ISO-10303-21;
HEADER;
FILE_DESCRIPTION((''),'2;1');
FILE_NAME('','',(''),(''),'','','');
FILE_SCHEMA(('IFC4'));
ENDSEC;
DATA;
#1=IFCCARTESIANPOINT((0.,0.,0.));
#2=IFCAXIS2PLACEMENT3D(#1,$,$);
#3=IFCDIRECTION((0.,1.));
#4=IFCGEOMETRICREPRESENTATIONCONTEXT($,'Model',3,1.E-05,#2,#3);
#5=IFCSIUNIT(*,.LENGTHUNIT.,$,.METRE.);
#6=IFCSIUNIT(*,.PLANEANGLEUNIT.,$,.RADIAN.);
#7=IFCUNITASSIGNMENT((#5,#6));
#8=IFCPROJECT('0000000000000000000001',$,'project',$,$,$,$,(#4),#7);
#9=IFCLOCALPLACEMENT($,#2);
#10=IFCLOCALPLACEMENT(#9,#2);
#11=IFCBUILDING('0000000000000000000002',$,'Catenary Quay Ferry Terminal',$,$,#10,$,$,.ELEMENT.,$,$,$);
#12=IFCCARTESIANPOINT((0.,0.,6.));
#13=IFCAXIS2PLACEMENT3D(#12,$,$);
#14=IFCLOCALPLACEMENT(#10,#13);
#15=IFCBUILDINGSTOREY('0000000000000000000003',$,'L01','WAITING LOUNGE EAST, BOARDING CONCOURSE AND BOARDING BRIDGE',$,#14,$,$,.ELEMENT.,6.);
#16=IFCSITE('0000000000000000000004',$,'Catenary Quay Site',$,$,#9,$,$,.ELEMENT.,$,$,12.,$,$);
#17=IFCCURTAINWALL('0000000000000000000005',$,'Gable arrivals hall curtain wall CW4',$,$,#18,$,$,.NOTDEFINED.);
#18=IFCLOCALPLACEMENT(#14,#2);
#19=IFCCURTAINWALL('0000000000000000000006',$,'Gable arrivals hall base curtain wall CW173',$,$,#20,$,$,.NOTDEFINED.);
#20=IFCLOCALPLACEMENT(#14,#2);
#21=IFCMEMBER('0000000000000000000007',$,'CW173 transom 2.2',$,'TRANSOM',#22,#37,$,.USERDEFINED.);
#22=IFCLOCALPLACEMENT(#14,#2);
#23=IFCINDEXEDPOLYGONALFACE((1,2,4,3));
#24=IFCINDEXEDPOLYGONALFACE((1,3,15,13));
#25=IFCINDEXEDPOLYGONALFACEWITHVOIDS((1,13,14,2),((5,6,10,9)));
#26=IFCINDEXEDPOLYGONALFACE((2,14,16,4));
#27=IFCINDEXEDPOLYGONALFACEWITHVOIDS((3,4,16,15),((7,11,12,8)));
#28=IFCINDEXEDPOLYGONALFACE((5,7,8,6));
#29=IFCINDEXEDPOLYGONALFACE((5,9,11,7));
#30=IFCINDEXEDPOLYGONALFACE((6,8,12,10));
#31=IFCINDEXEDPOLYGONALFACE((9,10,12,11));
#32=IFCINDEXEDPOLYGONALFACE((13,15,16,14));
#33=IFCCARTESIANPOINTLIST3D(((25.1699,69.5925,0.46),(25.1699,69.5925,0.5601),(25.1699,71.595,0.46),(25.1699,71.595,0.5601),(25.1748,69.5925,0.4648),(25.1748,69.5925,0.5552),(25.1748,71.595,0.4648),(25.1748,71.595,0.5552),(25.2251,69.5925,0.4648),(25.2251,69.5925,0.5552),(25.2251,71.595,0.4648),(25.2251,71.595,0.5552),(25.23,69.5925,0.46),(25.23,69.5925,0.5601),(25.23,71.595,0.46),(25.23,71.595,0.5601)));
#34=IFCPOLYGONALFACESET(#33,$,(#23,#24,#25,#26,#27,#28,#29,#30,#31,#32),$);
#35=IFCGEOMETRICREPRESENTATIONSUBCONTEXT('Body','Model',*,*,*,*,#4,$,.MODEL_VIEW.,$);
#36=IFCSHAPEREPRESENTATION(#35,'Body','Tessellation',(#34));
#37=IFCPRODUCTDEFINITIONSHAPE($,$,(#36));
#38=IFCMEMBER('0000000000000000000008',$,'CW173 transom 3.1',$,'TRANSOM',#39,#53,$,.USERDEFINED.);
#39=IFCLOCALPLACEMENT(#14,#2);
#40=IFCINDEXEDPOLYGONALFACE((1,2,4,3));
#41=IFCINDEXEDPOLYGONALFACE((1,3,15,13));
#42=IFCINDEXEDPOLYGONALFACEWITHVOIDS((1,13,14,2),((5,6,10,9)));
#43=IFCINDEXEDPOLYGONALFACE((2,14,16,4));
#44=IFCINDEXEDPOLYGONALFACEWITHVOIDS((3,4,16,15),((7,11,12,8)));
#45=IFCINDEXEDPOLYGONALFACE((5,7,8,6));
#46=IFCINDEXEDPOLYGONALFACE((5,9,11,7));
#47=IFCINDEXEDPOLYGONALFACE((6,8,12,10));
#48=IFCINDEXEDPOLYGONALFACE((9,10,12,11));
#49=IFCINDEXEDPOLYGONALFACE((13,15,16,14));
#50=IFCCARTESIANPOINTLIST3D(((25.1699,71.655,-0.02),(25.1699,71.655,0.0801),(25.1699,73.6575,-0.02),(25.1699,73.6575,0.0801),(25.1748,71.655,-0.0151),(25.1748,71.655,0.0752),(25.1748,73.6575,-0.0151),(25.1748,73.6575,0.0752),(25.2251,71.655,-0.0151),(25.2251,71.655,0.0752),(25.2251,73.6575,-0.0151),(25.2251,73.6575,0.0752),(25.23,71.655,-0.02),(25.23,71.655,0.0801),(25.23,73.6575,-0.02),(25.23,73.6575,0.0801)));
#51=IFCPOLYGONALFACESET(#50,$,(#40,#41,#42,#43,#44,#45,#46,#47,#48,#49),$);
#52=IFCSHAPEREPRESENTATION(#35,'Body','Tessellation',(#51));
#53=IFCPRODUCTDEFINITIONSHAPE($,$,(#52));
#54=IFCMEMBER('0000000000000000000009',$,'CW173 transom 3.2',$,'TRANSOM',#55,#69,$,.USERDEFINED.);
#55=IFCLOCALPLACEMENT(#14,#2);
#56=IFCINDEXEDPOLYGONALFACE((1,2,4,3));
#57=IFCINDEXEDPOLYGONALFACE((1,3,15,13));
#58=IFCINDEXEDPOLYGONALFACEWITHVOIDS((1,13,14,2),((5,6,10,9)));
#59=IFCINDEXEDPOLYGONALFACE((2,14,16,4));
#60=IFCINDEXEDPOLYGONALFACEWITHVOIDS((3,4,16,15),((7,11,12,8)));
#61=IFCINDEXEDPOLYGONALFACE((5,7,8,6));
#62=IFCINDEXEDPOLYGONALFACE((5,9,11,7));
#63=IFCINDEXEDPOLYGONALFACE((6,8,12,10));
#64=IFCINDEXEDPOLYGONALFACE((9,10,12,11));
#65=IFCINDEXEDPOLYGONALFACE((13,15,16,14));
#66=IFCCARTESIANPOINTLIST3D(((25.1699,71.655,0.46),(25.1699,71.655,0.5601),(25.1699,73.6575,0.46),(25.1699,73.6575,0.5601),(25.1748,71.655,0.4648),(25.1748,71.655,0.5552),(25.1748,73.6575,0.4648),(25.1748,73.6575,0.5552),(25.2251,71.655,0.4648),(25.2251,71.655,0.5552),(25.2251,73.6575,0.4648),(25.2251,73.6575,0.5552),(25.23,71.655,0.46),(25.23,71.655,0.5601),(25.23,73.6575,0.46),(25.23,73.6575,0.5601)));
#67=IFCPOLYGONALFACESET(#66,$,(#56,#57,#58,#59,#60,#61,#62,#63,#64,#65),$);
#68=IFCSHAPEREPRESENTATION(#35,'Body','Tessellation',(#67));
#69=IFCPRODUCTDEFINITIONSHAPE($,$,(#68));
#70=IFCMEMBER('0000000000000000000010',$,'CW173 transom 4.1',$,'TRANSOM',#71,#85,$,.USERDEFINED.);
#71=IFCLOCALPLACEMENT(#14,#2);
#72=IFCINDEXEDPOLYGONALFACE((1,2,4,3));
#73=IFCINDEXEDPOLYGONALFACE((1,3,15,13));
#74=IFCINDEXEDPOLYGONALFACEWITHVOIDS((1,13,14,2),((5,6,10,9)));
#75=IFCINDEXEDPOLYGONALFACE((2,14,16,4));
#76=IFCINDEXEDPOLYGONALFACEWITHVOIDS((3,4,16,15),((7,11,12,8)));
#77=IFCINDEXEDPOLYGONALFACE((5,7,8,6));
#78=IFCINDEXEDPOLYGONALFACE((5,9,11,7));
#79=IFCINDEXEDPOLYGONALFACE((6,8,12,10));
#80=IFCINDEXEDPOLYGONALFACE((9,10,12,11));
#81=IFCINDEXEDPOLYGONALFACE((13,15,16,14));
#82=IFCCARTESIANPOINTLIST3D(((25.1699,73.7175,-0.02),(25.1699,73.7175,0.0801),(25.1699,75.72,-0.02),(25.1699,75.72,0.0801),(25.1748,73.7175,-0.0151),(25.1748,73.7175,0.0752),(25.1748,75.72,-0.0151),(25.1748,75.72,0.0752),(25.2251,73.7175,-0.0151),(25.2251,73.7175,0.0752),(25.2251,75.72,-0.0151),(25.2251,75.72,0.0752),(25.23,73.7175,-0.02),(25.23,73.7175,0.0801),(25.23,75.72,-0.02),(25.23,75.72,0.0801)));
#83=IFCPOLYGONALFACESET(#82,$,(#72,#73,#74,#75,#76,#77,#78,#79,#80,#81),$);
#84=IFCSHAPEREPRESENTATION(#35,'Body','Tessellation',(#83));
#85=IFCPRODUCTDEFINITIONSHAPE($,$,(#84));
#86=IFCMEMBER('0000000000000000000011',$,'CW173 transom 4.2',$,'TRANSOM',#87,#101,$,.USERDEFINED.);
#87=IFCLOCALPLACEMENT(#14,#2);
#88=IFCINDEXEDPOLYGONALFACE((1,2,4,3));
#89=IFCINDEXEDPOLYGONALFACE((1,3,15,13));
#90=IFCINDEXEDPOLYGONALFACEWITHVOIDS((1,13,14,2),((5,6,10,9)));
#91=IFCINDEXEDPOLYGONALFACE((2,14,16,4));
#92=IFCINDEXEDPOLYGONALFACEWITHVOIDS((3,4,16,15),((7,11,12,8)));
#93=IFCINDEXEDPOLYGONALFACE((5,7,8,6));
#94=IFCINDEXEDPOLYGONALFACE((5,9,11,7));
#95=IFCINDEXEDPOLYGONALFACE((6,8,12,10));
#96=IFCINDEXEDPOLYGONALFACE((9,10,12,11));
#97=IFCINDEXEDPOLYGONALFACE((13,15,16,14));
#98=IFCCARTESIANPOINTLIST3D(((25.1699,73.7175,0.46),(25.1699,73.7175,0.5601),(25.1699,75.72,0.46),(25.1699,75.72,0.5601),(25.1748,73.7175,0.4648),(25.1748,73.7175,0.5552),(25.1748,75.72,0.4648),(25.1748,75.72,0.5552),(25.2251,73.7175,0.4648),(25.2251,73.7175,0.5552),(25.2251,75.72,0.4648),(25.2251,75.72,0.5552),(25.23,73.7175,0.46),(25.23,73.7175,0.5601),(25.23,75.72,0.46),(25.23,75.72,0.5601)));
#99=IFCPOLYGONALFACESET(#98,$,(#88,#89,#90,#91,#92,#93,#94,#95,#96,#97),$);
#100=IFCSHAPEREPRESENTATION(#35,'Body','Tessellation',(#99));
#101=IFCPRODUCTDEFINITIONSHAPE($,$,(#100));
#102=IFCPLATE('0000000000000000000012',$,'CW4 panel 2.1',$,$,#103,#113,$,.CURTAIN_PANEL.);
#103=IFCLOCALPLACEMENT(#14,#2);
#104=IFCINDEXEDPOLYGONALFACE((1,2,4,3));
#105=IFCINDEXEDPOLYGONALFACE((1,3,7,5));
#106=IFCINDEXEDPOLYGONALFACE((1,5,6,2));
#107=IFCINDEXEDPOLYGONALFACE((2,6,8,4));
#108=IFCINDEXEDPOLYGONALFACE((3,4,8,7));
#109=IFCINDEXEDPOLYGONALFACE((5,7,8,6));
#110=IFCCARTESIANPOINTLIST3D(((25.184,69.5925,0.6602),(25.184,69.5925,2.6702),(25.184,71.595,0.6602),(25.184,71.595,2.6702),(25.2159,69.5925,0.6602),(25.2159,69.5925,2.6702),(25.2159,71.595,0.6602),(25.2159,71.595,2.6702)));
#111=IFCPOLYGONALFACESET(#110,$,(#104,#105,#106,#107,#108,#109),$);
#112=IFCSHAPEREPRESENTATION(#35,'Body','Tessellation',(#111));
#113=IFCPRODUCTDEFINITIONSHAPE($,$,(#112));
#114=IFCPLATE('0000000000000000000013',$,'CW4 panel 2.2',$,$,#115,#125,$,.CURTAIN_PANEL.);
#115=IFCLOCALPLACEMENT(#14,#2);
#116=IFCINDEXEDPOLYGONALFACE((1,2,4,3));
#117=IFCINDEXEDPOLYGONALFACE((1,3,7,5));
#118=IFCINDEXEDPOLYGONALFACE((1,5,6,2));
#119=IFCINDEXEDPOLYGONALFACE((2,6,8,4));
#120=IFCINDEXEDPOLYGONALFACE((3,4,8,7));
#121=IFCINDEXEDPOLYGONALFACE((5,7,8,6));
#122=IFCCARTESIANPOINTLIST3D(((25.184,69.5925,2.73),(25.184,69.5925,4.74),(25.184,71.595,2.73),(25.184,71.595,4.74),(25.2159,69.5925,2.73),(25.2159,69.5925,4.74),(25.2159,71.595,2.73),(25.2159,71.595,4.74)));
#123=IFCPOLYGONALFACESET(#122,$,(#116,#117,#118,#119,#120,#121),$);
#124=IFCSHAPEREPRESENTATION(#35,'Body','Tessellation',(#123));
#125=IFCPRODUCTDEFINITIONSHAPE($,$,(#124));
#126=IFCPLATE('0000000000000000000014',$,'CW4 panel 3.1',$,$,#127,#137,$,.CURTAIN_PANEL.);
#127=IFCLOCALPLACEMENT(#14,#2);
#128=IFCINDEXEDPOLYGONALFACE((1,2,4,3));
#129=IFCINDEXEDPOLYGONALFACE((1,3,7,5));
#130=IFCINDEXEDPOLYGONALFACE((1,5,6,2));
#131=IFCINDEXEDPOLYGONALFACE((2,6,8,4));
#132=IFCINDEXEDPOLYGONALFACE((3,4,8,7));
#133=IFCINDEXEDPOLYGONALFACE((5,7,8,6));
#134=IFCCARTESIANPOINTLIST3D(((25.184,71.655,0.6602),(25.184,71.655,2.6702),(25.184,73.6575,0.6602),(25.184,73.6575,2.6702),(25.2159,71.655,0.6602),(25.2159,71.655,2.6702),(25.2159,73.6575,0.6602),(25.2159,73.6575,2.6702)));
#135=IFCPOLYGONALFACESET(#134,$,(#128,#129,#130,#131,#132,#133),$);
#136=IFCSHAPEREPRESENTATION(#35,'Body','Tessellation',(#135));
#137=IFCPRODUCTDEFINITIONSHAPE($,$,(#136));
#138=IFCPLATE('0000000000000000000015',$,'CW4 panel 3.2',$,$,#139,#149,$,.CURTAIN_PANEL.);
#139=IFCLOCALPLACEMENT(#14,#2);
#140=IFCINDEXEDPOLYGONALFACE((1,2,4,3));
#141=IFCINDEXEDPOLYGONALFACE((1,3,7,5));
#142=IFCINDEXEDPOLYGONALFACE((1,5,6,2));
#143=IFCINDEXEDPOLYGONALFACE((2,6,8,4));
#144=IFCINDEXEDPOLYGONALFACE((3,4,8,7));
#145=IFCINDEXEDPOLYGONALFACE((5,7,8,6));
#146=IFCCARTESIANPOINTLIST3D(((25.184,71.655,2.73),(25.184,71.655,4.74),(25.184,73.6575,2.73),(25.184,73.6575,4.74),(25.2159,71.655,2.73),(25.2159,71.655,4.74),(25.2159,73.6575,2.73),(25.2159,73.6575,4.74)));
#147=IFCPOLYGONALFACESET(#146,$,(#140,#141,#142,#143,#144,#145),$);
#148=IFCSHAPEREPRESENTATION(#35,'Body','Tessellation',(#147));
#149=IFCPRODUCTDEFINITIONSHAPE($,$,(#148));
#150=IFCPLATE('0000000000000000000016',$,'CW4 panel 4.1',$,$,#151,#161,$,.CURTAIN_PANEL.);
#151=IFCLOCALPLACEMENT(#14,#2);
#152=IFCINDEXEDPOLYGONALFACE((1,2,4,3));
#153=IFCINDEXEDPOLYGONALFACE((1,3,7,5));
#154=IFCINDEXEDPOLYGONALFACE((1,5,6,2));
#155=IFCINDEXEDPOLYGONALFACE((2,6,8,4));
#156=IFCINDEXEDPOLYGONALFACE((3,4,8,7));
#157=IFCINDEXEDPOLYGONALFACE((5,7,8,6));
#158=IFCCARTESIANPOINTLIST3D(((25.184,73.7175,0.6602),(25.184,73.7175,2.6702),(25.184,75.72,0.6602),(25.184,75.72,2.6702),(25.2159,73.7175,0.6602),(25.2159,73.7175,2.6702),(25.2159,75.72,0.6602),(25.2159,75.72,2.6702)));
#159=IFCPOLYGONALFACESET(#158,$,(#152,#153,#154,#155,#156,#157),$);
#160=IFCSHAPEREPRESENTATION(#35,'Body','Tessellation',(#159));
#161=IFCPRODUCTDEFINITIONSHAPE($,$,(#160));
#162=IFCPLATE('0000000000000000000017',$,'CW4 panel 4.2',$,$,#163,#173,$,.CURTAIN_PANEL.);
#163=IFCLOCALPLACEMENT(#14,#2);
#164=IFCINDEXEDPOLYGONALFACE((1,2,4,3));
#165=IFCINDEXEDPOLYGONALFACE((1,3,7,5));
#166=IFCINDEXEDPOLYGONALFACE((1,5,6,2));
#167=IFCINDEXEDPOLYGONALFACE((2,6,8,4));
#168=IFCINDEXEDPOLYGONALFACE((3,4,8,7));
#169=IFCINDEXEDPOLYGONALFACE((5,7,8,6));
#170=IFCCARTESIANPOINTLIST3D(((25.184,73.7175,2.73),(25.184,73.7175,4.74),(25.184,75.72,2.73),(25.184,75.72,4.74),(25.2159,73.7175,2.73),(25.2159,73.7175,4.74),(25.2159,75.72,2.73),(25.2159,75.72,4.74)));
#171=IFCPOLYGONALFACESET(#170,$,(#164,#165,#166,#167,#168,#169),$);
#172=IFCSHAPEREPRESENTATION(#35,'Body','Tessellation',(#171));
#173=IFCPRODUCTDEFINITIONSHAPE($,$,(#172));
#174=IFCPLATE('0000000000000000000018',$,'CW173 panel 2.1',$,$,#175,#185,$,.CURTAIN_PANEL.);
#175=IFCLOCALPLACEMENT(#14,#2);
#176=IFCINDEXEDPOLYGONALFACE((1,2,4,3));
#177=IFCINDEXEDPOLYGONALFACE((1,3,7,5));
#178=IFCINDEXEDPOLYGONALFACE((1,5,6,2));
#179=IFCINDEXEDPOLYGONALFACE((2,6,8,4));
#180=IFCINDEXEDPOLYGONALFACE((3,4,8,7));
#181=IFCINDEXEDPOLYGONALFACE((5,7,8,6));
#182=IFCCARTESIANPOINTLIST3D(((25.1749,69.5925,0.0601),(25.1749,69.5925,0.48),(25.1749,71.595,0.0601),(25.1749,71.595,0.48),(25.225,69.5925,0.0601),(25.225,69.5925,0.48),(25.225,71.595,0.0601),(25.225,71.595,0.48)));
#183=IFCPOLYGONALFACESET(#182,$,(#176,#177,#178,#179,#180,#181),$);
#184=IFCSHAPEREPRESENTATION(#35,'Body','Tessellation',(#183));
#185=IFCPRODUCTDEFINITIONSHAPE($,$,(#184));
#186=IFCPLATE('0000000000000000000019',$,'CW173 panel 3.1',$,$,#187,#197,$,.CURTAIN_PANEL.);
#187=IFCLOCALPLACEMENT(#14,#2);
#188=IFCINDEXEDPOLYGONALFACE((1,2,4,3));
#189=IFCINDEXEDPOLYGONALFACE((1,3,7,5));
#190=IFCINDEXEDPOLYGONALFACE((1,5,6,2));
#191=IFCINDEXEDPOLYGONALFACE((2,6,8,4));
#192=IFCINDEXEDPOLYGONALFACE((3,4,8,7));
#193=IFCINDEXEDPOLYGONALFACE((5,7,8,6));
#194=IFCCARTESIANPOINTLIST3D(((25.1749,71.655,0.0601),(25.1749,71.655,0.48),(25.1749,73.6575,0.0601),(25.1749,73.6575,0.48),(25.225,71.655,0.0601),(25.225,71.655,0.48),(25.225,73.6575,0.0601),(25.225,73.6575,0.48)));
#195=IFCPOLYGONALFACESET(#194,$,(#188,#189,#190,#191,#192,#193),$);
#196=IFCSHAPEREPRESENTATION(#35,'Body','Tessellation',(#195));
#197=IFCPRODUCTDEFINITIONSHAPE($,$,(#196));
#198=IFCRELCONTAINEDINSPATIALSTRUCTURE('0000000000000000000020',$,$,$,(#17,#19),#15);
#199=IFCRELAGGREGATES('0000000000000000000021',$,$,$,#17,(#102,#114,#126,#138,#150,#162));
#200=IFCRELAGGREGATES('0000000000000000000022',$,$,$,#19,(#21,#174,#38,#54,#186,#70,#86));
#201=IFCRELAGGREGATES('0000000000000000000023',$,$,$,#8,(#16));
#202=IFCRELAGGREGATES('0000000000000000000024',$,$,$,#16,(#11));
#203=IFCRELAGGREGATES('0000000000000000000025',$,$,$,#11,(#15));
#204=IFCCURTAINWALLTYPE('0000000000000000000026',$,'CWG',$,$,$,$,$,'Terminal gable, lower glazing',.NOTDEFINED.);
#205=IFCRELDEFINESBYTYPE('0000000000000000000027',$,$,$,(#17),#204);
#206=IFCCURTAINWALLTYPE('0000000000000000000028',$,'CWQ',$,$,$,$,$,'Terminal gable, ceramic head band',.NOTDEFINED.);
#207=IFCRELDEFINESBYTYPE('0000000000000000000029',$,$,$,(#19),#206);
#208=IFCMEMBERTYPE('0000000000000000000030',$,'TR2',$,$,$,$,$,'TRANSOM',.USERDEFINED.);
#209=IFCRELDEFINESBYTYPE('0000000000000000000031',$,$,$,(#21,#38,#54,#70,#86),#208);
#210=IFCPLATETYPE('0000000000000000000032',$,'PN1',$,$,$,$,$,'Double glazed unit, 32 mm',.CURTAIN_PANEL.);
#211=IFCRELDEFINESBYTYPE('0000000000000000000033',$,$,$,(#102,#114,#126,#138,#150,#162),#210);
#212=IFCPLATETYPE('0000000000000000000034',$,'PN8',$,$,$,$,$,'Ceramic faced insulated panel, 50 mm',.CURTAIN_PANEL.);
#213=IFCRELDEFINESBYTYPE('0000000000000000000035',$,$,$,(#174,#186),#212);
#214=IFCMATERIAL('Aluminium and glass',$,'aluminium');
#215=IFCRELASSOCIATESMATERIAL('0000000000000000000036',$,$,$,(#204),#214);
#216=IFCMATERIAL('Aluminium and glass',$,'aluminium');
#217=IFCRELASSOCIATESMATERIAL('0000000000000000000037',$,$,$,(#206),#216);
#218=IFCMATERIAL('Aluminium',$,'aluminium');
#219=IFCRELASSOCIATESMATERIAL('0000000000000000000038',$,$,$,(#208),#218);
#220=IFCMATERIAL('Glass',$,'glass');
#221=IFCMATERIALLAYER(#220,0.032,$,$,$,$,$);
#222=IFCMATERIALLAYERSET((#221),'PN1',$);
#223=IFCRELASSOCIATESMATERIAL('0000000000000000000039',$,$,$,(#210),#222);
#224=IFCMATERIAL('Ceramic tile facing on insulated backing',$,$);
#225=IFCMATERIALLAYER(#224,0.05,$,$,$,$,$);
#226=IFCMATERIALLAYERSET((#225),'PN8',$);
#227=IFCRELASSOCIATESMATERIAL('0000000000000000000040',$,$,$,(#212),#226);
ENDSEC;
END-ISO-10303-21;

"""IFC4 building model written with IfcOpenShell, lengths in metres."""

from ifc_helpers import new_model, si_unit, direction, frame, origin, origin_2d, place, context, subcontext, project, spatial, rectangle, hollow_rectangle, extrude, material, layer, layer_set, material_profile, profile_set, type_object, element, aggregate, save


model = new_model("IFC4")

# Units and contexts
model_context = context("Model", 3, precision=1e-05, world=origin(), true_north=direction((0.0, 1.0)))
body_context = subcontext(model_context, "Body", "Model", "MODEL_VIEW")
ifc_project = project(units=[si_unit("LENGTHUNIT", "METRE"), si_unit("PLANEANGLEUNIT", "RADIAN")], contexts=[model_context])

# Site, building, storey
site_placement = place(None, origin())
site = spatial("IfcSite", under=ifc_project, at=site_placement, Name="Catenary Quay Site", CompositionType="ELEMENT", RefElevation=12.0)
building_placement = place(site_placement, origin())
building = spatial("IfcBuilding", under=site, at=building_placement, Name="Catenary Quay Ferry Terminal", CompositionType="ELEMENT")
storey_placement = place(building_placement, frame((0.0, 0.0, 6.0)))
storey = spatial("IfcBuildingStorey", under=building, at=storey_placement, Name="L01", Description="WAITING LOUNGE EAST, BOARDING CONCOURSE AND BOARDING BRIDGE", CompositionType="ELEMENT", Elevation=6.0)

# Curtain walls
ifc_material_1 = material(Name="Aluminium and glass", Category="aluminium")
curtain_wall_type_1 = type_object("IfcCurtainWallType", Name="CWG", ElementType="Terminal gable, lower glazing", PredefinedType="NOTDEFINED", material=ifc_material_1)
curtain_wall_1_placement = place(storey_placement, origin())
curtain_wall_1 = element("IfcCurtainWall", 1, at=curtain_wall_1_placement, inside=storey, type_object=curtain_wall_type_1, Name="Gable arrivals hall curtain wall CW4", PredefinedType="NOTDEFINED")
ifc_material_2 = material(Name="Aluminium and glass", Category="aluminium")
curtain_wall_type_2 = type_object("IfcCurtainWallType", Name="CWQ", ElementType="Terminal gable, ceramic head band", PredefinedType="NOTDEFINED", material=ifc_material_2)
curtain_wall_2_placement = place(storey_placement, origin())
curtain_wall_2 = element("IfcCurtainWall", 2, at=curtain_wall_2_placement, inside=storey, type_object=curtain_wall_type_2, Name="Gable arrivals hall base curtain wall CW173", PredefinedType="NOTDEFINED")

# Members
ifc_material_3 = material(Name="Aluminium", Category="aluminium")
ifc_material_profile_1 = material_profile(ifc_material_3, hollow_rectangle(XDim=0.0601, YDim=0.1001, WallThickness=0.0049, at=origin_2d()), Name="TR2")
ifc_profile_set_1 = profile_set([ifc_material_profile_1], Name="Aluminium")
member_type_1 = type_object("IfcMemberType", Name="TR2", ElementType="TRANSOM", PredefinedType="USERDEFINED", material=ifc_profile_set_1)
member_1_placement = place(storey_placement, frame((25.2, 69.5925, 0.51), z_axis=(0.0, 1.0, 0.0), x_axis=(-1.0, 0.0, 0.0)))
member_1 = element("IfcMember", 3, at=member_1_placement, type_object=member_type_1, Name="CW173 transom 2.2", ObjectType="TRANSOM", PredefinedType="USERDEFINED", context=body_context, shape_type="SweptSolid", body=[
    extrude(hollow_rectangle(XDim=0.0601, YDim=0.1001, WallThickness=0.0049, at=origin_2d()), origin(), (0.0, 0.0, 1.0), 2.0024),
])
member_2_placement = place(storey_placement, frame((25.2, 71.655, 0.03), z_axis=(0.0, 1.0, 0.0), x_axis=(-1.0, 0.0, 0.0)))
member_2 = element("IfcMember", 4, at=member_2_placement, type_object=member_type_1, Name="CW173 transom 3.1", ObjectType="TRANSOM", PredefinedType="USERDEFINED", context=body_context, shape_type="SweptSolid", body=[
    extrude(hollow_rectangle(XDim=0.0601, YDim=0.1001, WallThickness=0.0049, at=origin_2d()), origin(), (0.0, 0.0, 1.0), 2.0024),
])
member_3_placement = place(storey_placement, frame((25.2, 71.655, 0.51), z_axis=(0.0, 1.0, 0.0), x_axis=(-1.0, 0.0, 0.0)))
member_3 = element("IfcMember", 5, at=member_3_placement, type_object=member_type_1, Name="CW173 transom 3.2", ObjectType="TRANSOM", PredefinedType="USERDEFINED", context=body_context, shape_type="SweptSolid", body=[
    extrude(hollow_rectangle(XDim=0.0601, YDim=0.1001, WallThickness=0.0049, at=origin_2d()), origin(), (0.0, 0.0, 1.0), 2.0024),
])
member_4_placement = place(storey_placement, frame((25.2, 73.7175, 0.03), z_axis=(0.0, 1.0, 0.0), x_axis=(-1.0, 0.0, 0.0)))
member_4 = element("IfcMember", 6, at=member_4_placement, type_object=member_type_1, Name="CW173 transom 4.1", ObjectType="TRANSOM", PredefinedType="USERDEFINED", context=body_context, shape_type="SweptSolid", body=[
    extrude(hollow_rectangle(XDim=0.0601, YDim=0.1001, WallThickness=0.0049, at=origin_2d()), origin(), (0.0, 0.0, 1.0), 2.0024),
])
member_5_placement = place(storey_placement, frame((25.2, 73.7175, 0.51), z_axis=(0.0, 1.0, 0.0), x_axis=(-1.0, 0.0, 0.0)))
member_5 = element("IfcMember", 7, at=member_5_placement, type_object=member_type_1, Name="CW173 transom 4.2", ObjectType="TRANSOM", PredefinedType="USERDEFINED", context=body_context, shape_type="SweptSolid", body=[
    extrude(hollow_rectangle(XDim=0.0601, YDim=0.1001, WallThickness=0.0049, at=origin_2d()), origin(), (0.0, 0.0, 1.0), 2.0024),
])

# Plates
ifc_material_4 = material(Name="Glass", Category="glass")
ifc_layer_1 = layer(ifc_material_4, 0.032)
ifc_layer_set_1 = layer_set([ifc_layer_1], Name="PN1")
plate_type_1 = type_object("IfcPlateType", Name="PN1", ElementType="Double glazed unit, 32 mm", PredefinedType="CURTAIN_PANEL", material=ifc_layer_set_1)
plate_1_placement = place(storey_placement, frame((25.2, 70.5938, 0.6602), z_axis=(0.0, 0.0, 1.0), x_axis=(0.0, 1.0, 0.0)))
plate_1 = element("IfcPlate", 8, at=plate_1_placement, type_object=plate_type_1, Name="CW4 panel 2.1", PredefinedType="CURTAIN_PANEL", context=body_context, shape_type="SweptSolid", body=[
    extrude(rectangle(XDim=2.0024, YDim=0.032, at=origin_2d()), origin(), (0.0, 0.0, 1.0), 2.01),
])
plate_2_placement = place(storey_placement, frame((25.2, 70.5938, 2.73), z_axis=(0.0, 0.0, 1.0), x_axis=(0.0, 1.0, 0.0)))
plate_2 = element("IfcPlate", 9, at=plate_2_placement, type_object=plate_type_1, Name="CW4 panel 2.2", PredefinedType="CURTAIN_PANEL", context=body_context, shape_type="SweptSolid", body=[
    extrude(rectangle(XDim=2.0024, YDim=0.032, at=origin_2d()), origin(), (0.0, 0.0, 1.0), 2.01),
])
plate_3_placement = place(storey_placement, frame((25.2, 72.6562, 0.6602), z_axis=(0.0, 0.0, 1.0), x_axis=(0.0, 1.0, 0.0)))
plate_3 = element("IfcPlate", 10, at=plate_3_placement, type_object=plate_type_1, Name="CW4 panel 3.1", PredefinedType="CURTAIN_PANEL", context=body_context, shape_type="SweptSolid", body=[
    extrude(rectangle(XDim=2.0024, YDim=0.032, at=origin_2d()), origin(), (0.0, 0.0, 1.0), 2.01),
])
plate_4_placement = place(storey_placement, frame((25.2, 72.6562, 2.73), z_axis=(0.0, 0.0, 1.0), x_axis=(0.0, 1.0, 0.0)))
plate_4 = element("IfcPlate", 11, at=plate_4_placement, type_object=plate_type_1, Name="CW4 panel 3.2", PredefinedType="CURTAIN_PANEL", context=body_context, shape_type="SweptSolid", body=[
    extrude(rectangle(XDim=2.0024, YDim=0.032, at=origin_2d()), origin(), (0.0, 0.0, 1.0), 2.01),
])
plate_5_placement = place(storey_placement, frame((25.2, 74.7188, 0.6602), z_axis=(0.0, 0.0, 1.0), x_axis=(0.0, 1.0, 0.0)))
plate_5 = element("IfcPlate", 12, at=plate_5_placement, type_object=plate_type_1, Name="CW4 panel 4.1", PredefinedType="CURTAIN_PANEL", context=body_context, shape_type="SweptSolid", body=[
    extrude(rectangle(XDim=2.0024, YDim=0.032, at=origin_2d()), origin(), (0.0, 0.0, 1.0), 2.01),
])
plate_6_placement = place(storey_placement, frame((25.2, 74.7188, 2.73), z_axis=(0.0, 0.0, 1.0), x_axis=(0.0, 1.0, 0.0)))
plate_6 = element("IfcPlate", 13, at=plate_6_placement, type_object=plate_type_1, Name="CW4 panel 4.2", PredefinedType="CURTAIN_PANEL", context=body_context, shape_type="SweptSolid", body=[
    extrude(rectangle(XDim=2.0024, YDim=0.032, at=origin_2d()), origin(), (0.0, 0.0, 1.0), 2.01),
])
aggregate(curtain_wall_1, [plate_1, plate_2, plate_3, plate_4, plate_5, plate_6])
ifc_material_5 = material(Name="Ceramic tile facing on insulated backing")
ifc_layer_2 = layer(ifc_material_5, 0.05)
ifc_layer_set_2 = layer_set([ifc_layer_2], Name="PN8")
plate_type_2 = type_object("IfcPlateType", Name="PN8", ElementType="Ceramic faced insulated panel, 50 mm", PredefinedType="CURTAIN_PANEL", material=ifc_layer_set_2)
plate_7_placement = place(storey_placement, frame((25.2, 70.5938, 0.0601), z_axis=(0.0, 0.0, 1.0), x_axis=(0.0, 1.0, 0.0)))
plate_7 = element("IfcPlate", 14, at=plate_7_placement, type_object=plate_type_2, Name="CW173 panel 2.1", PredefinedType="CURTAIN_PANEL", context=body_context, shape_type="SweptSolid", body=[
    extrude(rectangle(XDim=2.0024, YDim=0.05, at=origin_2d()), origin(), (0.0, 0.0, 1.0), 0.4199),
])
plate_8_placement = place(storey_placement, frame((25.2, 72.6562, 0.0601), z_axis=(0.0, 0.0, 1.0), x_axis=(0.0, 1.0, 0.0)))
plate_8 = element("IfcPlate", 15, at=plate_8_placement, type_object=plate_type_2, Name="CW173 panel 3.1", PredefinedType="CURTAIN_PANEL", context=body_context, shape_type="SweptSolid", body=[
    extrude(rectangle(XDim=2.0024, YDim=0.05, at=origin_2d()), origin(), (0.0, 0.0, 1.0), 0.4199),
])
aggregate(curtain_wall_2, [member_1, plate_7, member_2, member_3, plate_8, member_4, member_5])

save(model, "model.ifc")
